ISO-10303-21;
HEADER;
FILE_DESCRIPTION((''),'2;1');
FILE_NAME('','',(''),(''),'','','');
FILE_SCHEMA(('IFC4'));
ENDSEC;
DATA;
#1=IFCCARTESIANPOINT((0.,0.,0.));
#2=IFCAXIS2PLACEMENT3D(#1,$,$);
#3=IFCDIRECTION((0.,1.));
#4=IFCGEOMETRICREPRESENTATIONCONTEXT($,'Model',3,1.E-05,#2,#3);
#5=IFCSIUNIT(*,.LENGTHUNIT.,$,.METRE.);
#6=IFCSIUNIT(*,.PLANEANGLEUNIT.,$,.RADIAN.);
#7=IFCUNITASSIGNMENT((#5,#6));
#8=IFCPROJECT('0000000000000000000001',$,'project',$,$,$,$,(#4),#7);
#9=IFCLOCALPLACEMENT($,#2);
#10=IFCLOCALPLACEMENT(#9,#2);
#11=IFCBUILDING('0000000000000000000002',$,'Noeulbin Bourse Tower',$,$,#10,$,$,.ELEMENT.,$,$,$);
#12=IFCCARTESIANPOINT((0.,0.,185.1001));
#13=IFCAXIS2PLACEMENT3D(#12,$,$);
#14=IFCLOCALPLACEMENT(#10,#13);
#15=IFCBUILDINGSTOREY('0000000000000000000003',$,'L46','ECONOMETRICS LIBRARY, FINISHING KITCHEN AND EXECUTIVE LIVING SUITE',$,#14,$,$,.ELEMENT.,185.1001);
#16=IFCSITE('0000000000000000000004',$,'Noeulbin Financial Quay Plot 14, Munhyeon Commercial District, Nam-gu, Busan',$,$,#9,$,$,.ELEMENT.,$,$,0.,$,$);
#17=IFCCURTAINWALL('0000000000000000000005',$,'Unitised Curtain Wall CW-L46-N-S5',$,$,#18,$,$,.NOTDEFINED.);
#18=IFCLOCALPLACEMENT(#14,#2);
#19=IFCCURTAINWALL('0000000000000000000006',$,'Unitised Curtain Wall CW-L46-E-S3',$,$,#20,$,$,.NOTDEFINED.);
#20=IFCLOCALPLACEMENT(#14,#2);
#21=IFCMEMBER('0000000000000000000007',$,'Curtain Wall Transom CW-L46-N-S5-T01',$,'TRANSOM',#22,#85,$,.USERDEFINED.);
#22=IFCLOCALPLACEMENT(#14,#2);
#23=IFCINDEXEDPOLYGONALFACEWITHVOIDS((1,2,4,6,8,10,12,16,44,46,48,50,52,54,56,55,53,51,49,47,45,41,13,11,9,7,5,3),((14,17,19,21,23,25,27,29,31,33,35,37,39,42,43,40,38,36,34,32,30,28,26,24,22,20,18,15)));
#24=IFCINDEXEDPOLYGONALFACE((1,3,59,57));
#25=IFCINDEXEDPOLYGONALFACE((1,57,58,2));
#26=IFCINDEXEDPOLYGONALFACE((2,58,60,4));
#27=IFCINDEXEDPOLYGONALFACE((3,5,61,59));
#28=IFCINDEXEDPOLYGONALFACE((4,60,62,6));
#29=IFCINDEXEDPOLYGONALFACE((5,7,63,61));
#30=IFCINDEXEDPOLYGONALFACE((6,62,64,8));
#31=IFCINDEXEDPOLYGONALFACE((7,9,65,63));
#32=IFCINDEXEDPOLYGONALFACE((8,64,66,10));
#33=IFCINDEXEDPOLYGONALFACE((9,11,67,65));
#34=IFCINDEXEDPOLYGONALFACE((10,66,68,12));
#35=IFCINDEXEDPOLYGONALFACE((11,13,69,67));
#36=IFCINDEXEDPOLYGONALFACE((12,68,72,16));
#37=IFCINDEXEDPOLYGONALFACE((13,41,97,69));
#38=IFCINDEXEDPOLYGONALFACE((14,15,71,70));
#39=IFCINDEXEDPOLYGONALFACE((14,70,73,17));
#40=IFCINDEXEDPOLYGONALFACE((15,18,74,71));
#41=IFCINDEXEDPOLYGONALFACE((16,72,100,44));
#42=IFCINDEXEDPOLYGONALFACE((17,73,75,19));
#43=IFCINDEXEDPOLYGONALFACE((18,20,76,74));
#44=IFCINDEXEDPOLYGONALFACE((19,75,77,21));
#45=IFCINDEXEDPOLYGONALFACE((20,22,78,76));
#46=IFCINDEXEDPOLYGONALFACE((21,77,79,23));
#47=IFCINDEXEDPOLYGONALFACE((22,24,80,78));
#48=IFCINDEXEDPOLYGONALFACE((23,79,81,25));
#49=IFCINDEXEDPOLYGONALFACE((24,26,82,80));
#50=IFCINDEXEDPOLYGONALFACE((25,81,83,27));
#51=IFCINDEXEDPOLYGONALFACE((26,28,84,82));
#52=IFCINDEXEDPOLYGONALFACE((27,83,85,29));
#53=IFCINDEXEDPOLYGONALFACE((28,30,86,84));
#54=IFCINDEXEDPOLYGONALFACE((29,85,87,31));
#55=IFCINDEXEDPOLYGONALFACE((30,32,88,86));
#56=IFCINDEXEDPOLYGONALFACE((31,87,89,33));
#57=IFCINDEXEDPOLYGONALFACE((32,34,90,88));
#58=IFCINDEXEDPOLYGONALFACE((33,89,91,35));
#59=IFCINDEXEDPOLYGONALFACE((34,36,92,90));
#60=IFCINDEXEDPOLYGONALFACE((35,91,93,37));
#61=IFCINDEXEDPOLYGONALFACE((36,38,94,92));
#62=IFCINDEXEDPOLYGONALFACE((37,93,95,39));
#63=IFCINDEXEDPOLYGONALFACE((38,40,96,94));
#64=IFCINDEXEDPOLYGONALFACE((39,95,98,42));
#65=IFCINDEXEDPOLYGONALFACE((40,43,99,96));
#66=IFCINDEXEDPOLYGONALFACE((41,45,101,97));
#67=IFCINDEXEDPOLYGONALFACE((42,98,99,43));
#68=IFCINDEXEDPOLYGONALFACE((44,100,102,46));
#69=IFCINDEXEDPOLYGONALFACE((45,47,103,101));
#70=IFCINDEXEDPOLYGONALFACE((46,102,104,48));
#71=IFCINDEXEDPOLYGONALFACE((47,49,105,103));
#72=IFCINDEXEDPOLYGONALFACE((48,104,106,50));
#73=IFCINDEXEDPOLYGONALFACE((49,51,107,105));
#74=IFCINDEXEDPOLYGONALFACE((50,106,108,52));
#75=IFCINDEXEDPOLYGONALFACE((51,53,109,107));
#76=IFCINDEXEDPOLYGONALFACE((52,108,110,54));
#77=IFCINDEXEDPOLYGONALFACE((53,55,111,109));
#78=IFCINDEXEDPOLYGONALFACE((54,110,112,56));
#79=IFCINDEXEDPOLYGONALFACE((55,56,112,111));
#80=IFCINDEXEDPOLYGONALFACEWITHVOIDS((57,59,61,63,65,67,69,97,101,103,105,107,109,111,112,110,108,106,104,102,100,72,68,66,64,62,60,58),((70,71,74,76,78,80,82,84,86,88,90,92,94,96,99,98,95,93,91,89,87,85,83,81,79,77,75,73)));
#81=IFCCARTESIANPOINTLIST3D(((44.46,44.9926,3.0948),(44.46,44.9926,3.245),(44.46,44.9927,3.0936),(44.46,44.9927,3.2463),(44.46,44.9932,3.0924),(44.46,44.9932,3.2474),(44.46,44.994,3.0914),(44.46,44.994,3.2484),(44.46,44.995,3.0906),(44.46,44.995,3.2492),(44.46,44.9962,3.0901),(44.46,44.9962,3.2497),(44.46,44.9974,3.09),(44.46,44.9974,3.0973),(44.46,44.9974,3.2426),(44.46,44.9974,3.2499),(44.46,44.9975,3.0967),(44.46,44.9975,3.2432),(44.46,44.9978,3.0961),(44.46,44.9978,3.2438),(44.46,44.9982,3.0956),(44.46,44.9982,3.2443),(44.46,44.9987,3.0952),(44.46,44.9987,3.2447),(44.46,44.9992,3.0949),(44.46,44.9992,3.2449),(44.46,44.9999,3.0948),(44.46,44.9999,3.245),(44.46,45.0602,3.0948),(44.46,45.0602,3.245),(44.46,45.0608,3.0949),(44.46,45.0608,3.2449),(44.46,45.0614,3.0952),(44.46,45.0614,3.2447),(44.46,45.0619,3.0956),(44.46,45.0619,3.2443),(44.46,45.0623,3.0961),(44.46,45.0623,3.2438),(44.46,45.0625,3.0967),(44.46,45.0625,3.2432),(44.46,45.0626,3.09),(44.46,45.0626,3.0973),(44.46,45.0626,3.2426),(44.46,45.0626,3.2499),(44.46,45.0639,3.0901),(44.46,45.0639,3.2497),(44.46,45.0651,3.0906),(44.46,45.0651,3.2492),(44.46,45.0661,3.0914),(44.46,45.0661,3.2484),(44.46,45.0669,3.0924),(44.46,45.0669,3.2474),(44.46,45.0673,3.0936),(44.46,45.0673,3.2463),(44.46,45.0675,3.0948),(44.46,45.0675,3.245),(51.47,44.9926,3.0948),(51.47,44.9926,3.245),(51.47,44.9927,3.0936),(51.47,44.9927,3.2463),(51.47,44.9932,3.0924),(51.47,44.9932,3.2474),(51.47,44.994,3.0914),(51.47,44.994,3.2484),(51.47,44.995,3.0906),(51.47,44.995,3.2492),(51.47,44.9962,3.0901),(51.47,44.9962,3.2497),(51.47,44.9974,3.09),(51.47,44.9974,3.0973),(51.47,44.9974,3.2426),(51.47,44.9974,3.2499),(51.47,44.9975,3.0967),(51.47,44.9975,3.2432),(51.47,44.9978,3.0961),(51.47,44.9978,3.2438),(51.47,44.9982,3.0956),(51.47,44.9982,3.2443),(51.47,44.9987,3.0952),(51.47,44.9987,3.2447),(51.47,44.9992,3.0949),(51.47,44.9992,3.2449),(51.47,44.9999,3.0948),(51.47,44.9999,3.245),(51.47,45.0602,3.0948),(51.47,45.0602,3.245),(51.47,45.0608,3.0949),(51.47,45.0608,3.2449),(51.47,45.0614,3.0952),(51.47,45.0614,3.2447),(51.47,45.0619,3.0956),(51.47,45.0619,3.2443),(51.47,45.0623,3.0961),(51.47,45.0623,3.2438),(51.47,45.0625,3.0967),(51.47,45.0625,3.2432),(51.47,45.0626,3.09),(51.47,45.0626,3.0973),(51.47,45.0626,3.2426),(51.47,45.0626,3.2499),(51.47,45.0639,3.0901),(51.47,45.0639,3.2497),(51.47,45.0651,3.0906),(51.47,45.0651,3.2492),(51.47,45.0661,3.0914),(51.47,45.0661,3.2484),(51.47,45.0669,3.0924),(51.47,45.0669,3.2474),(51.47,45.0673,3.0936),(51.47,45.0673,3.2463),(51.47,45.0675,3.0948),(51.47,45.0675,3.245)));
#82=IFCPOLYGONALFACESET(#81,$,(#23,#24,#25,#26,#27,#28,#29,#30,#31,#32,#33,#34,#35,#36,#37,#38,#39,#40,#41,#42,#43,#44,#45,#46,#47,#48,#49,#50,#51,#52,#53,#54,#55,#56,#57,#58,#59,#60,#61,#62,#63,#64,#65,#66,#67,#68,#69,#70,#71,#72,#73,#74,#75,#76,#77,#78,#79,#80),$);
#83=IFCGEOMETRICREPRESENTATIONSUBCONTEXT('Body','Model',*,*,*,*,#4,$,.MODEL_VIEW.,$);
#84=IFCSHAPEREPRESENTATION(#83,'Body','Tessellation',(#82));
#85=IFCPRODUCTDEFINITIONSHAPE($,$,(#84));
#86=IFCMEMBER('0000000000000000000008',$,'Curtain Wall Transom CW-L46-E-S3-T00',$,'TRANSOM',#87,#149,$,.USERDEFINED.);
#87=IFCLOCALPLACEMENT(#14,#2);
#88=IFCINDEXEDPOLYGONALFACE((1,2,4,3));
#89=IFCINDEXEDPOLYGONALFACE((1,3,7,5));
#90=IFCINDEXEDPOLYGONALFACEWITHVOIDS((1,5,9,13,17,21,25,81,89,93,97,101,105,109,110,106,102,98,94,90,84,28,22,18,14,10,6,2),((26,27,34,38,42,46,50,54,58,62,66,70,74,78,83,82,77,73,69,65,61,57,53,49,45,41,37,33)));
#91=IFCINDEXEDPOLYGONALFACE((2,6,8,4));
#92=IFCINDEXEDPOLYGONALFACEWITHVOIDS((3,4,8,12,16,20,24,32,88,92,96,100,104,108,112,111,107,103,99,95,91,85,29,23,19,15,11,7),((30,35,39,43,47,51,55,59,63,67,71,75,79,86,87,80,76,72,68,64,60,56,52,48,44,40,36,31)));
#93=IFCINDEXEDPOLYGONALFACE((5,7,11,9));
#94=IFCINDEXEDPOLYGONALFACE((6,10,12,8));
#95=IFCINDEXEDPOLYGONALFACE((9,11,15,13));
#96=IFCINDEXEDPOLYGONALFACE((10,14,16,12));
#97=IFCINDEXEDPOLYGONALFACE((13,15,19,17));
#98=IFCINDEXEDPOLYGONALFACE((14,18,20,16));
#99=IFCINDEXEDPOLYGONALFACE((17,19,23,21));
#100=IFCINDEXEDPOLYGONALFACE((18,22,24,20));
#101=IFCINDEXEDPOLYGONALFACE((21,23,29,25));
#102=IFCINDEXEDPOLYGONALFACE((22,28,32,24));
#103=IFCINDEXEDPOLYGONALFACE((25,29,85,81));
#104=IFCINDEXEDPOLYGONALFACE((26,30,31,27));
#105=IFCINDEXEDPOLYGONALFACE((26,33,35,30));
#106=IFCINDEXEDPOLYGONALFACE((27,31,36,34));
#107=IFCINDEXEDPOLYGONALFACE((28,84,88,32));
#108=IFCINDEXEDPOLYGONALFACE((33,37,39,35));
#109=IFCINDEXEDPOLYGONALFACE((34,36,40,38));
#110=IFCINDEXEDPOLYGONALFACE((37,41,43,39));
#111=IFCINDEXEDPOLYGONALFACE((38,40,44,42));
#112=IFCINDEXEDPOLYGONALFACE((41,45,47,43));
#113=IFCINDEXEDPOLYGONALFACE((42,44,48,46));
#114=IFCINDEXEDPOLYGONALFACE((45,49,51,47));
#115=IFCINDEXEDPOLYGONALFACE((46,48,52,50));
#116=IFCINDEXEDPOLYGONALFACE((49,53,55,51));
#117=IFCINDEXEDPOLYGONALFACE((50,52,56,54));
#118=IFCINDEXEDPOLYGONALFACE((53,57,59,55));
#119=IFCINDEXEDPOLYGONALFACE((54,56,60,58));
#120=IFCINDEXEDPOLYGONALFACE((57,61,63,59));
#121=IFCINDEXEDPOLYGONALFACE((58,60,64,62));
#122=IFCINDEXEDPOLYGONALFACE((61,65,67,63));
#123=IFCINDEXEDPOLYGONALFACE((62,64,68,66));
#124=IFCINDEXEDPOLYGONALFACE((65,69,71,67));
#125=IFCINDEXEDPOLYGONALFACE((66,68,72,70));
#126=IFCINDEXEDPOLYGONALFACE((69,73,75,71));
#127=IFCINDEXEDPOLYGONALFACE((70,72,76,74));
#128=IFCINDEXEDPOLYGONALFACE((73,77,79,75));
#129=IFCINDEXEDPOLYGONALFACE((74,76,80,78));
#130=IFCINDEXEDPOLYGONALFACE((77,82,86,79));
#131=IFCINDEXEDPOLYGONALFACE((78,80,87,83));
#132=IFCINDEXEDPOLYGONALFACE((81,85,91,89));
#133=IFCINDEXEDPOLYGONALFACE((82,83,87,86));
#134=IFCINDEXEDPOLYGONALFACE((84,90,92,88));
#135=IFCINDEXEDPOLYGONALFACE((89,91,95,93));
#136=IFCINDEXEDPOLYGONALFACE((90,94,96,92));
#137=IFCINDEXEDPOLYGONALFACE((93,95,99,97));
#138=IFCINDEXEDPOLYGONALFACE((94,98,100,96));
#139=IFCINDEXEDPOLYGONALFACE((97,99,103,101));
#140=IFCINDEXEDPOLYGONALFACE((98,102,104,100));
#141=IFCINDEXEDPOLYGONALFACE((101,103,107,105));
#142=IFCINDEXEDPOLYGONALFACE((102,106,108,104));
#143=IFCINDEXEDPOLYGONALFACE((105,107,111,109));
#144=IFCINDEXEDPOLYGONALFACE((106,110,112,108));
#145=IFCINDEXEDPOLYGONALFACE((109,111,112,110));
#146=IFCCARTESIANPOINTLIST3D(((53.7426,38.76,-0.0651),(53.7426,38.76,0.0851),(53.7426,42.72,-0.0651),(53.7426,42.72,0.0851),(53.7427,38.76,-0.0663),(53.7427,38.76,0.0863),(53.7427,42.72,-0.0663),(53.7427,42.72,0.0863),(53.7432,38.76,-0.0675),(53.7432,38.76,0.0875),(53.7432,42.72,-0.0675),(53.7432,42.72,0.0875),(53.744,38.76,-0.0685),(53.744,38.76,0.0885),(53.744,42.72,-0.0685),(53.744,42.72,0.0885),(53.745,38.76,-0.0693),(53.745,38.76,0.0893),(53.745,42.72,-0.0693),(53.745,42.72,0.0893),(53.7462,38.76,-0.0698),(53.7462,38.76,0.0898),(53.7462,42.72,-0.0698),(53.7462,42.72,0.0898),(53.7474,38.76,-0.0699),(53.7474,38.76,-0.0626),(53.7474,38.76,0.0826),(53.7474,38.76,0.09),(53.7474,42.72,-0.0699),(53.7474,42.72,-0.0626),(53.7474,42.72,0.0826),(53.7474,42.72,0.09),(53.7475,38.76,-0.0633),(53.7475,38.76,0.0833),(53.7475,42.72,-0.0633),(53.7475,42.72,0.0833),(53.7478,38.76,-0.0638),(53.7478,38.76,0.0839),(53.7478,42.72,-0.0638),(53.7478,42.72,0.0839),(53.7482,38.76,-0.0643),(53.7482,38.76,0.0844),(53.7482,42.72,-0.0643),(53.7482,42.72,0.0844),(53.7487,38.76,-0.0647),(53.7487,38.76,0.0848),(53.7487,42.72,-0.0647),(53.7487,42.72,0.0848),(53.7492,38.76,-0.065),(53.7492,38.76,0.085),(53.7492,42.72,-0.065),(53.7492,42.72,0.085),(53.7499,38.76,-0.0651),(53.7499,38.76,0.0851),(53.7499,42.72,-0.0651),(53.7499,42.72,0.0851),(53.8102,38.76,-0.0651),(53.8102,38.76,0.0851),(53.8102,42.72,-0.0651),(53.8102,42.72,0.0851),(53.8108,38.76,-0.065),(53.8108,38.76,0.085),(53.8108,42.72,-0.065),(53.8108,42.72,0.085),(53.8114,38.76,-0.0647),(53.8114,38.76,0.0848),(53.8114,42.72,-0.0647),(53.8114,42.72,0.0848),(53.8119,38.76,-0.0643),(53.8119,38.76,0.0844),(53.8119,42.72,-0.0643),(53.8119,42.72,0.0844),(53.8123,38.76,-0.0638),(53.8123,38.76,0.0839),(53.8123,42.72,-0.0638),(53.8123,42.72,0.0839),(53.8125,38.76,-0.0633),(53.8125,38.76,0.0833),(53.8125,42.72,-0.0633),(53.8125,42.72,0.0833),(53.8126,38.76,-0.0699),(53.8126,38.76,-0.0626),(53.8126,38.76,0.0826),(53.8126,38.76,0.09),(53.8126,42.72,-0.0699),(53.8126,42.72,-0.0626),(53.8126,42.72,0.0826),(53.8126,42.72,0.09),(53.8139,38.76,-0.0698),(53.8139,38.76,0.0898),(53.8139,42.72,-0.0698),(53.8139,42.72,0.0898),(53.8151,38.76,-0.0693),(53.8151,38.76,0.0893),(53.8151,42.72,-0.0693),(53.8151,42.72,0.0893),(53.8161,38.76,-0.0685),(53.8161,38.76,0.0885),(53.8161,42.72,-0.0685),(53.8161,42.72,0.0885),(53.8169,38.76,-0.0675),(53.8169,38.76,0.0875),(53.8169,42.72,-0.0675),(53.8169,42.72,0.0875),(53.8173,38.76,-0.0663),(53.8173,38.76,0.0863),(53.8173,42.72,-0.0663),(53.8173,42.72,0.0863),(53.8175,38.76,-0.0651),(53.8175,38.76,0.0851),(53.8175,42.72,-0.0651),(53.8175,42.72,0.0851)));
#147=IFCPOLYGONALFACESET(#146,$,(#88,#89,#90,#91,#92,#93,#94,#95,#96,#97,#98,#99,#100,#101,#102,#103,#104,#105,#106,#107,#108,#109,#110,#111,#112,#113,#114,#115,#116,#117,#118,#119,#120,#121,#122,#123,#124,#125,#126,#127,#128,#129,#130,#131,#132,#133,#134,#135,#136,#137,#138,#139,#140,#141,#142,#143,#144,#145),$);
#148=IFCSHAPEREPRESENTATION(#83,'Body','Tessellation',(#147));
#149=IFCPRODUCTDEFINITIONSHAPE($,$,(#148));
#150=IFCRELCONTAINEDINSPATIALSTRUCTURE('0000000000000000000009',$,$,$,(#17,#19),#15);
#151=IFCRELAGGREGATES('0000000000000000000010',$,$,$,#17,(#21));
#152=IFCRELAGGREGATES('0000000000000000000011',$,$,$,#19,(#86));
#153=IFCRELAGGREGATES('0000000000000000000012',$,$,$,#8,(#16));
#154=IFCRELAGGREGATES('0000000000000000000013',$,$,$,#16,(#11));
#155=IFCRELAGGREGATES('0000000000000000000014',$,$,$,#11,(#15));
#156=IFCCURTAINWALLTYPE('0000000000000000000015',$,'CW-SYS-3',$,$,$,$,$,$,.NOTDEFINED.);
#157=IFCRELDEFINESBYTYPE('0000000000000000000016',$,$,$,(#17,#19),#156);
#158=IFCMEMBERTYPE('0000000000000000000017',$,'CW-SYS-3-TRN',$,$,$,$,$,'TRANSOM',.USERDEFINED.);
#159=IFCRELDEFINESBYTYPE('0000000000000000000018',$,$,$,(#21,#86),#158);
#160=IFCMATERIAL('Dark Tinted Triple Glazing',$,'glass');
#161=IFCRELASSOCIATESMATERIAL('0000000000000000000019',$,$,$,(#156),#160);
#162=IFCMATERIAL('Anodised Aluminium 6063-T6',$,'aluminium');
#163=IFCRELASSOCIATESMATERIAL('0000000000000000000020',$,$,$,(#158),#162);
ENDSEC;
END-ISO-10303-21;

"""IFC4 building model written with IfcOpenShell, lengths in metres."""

from ifc_helpers import new_model, si_unit, direction, frame, origin, origin_2d, place, context, subcontext, project, spatial, hollow_rectangle, extrude, material, material_profile, profile_set, type_object, element, aggregate, save


model = new_model("IFC4")

# Units and contexts
model_context = context("Model", 3, precision=1e-05, world=origin(), true_north=direction((0.0, 1.0)))
body_context = subcontext(model_context, "Body", "Model", "MODEL_VIEW")
ifc_project = project(units=[si_unit("LENGTHUNIT", "METRE"), si_unit("PLANEANGLEUNIT", "RADIAN")], contexts=[model_context])

# Site, building, storey
site_placement = place(None, origin())
site = spatial("IfcSite", under=ifc_project, at=site_placement, Name="Noeulbin Financial Quay Plot 14, Munhyeon Commercial District, Nam-gu, Busan", CompositionType="ELEMENT", RefElevation=0.0)
building_placement = place(site_placement, origin())
building = spatial("IfcBuilding", under=site, at=building_placement, Name="Noeulbin Bourse Tower", CompositionType="ELEMENT")
storey_placement = place(building_placement, frame((0.0, 0.0, 185.1001)))
storey = spatial("IfcBuildingStorey", under=building, at=storey_placement, Name="L46", Description="ECONOMETRICS LIBRARY, FINISHING KITCHEN AND EXECUTIVE LIVING SUITE", CompositionType="ELEMENT", Elevation=185.1001)

# Shared definitions
ifc_material_1 = material(Name="Dark Tinted Triple Glazing", Category="glass")
curtain_wall_type = type_object("IfcCurtainWallType", Name="CW-SYS-3", PredefinedType="NOTDEFINED", material=ifc_material_1)
ifc_material_2 = material(Name="Anodised Aluminium 6063-T6", Category="aluminium")

# Curtain walls
curtain_wall_1_placement = place(storey_placement, origin())
curtain_wall_1 = element("IfcCurtainWall", 1, at=curtain_wall_1_placement, inside=storey, type_object=curtain_wall_type, Name="Unitised Curtain Wall CW-L46-N-S5", PredefinedType="NOTDEFINED")
curtain_wall_2_placement = place(storey_placement, origin())
curtain_wall_2 = element("IfcCurtainWall", 2, at=curtain_wall_2_placement, inside=storey, type_object=curtain_wall_type, Name="Unitised Curtain Wall CW-L46-E-S3", PredefinedType="NOTDEFINED")

# Members
ifc_material_profile_1 = material_profile(ifc_material_2, hollow_rectangle(XDim=0.075, YDim=0.1599, WallThickness=0.0049, InnerFilletRadius=0.0024, OuterFilletRadius=0.0049, at=origin_2d()), Name="ALU-TRAN-75x160x5", Category="LoadBearing")
ifc_profile_set_1 = profile_set([ifc_material_profile_1], Name="Anodised Aluminium 6063-T6")
member_type_1 = type_object("IfcMemberType", Name="CW-SYS-3-TRN", ElementType="TRANSOM", PredefinedType="USERDEFINED", material=ifc_profile_set_1)
member_1_placement = place(storey_placement, frame((44.46, 45.03, 3.1699), z_axis=(1.0, 0.0, 0.0), x_axis=(0.0, 1.0, 0.0)))
member_1 = element("IfcMember", 3, at=member_1_placement, type_object=member_type_1, Name="Curtain Wall Transom CW-L46-N-S5-T01", ObjectType="TRANSOM", PredefinedType="USERDEFINED", context=body_context, shape_type="SweptSolid", body=[
    extrude(hollow_rectangle(XDim=0.075, YDim=0.1599, WallThickness=0.0049, InnerFilletRadius=0.0024, OuterFilletRadius=0.0049, at=origin_2d()), origin(), (0.0, 0.0, 1.0), 7.01),
])
member_2_placement = place(storey_placement, frame((53.78, 38.76, 0.01), z_axis=(0.0, 1.0, 0.0), x_axis=(-1.0, 0.0, 0.0)))
member_2 = element("IfcMember", 4, at=member_2_placement, type_object=member_type_1, Name="Curtain Wall Transom CW-L46-E-S3-T00", ObjectType="TRANSOM", PredefinedType="USERDEFINED", context=body_context, shape_type="SweptSolid", body=[
    extrude(hollow_rectangle(XDim=0.075, YDim=0.1599, WallThickness=0.0049, InnerFilletRadius=0.0024, OuterFilletRadius=0.0049, at=origin_2d()), origin(), (0.0, 0.0, 1.0), 3.96),
])

aggregate(curtain_wall_1, [member_1])
aggregate(curtain_wall_2, [member_2])

save(model, "model.ifc")
